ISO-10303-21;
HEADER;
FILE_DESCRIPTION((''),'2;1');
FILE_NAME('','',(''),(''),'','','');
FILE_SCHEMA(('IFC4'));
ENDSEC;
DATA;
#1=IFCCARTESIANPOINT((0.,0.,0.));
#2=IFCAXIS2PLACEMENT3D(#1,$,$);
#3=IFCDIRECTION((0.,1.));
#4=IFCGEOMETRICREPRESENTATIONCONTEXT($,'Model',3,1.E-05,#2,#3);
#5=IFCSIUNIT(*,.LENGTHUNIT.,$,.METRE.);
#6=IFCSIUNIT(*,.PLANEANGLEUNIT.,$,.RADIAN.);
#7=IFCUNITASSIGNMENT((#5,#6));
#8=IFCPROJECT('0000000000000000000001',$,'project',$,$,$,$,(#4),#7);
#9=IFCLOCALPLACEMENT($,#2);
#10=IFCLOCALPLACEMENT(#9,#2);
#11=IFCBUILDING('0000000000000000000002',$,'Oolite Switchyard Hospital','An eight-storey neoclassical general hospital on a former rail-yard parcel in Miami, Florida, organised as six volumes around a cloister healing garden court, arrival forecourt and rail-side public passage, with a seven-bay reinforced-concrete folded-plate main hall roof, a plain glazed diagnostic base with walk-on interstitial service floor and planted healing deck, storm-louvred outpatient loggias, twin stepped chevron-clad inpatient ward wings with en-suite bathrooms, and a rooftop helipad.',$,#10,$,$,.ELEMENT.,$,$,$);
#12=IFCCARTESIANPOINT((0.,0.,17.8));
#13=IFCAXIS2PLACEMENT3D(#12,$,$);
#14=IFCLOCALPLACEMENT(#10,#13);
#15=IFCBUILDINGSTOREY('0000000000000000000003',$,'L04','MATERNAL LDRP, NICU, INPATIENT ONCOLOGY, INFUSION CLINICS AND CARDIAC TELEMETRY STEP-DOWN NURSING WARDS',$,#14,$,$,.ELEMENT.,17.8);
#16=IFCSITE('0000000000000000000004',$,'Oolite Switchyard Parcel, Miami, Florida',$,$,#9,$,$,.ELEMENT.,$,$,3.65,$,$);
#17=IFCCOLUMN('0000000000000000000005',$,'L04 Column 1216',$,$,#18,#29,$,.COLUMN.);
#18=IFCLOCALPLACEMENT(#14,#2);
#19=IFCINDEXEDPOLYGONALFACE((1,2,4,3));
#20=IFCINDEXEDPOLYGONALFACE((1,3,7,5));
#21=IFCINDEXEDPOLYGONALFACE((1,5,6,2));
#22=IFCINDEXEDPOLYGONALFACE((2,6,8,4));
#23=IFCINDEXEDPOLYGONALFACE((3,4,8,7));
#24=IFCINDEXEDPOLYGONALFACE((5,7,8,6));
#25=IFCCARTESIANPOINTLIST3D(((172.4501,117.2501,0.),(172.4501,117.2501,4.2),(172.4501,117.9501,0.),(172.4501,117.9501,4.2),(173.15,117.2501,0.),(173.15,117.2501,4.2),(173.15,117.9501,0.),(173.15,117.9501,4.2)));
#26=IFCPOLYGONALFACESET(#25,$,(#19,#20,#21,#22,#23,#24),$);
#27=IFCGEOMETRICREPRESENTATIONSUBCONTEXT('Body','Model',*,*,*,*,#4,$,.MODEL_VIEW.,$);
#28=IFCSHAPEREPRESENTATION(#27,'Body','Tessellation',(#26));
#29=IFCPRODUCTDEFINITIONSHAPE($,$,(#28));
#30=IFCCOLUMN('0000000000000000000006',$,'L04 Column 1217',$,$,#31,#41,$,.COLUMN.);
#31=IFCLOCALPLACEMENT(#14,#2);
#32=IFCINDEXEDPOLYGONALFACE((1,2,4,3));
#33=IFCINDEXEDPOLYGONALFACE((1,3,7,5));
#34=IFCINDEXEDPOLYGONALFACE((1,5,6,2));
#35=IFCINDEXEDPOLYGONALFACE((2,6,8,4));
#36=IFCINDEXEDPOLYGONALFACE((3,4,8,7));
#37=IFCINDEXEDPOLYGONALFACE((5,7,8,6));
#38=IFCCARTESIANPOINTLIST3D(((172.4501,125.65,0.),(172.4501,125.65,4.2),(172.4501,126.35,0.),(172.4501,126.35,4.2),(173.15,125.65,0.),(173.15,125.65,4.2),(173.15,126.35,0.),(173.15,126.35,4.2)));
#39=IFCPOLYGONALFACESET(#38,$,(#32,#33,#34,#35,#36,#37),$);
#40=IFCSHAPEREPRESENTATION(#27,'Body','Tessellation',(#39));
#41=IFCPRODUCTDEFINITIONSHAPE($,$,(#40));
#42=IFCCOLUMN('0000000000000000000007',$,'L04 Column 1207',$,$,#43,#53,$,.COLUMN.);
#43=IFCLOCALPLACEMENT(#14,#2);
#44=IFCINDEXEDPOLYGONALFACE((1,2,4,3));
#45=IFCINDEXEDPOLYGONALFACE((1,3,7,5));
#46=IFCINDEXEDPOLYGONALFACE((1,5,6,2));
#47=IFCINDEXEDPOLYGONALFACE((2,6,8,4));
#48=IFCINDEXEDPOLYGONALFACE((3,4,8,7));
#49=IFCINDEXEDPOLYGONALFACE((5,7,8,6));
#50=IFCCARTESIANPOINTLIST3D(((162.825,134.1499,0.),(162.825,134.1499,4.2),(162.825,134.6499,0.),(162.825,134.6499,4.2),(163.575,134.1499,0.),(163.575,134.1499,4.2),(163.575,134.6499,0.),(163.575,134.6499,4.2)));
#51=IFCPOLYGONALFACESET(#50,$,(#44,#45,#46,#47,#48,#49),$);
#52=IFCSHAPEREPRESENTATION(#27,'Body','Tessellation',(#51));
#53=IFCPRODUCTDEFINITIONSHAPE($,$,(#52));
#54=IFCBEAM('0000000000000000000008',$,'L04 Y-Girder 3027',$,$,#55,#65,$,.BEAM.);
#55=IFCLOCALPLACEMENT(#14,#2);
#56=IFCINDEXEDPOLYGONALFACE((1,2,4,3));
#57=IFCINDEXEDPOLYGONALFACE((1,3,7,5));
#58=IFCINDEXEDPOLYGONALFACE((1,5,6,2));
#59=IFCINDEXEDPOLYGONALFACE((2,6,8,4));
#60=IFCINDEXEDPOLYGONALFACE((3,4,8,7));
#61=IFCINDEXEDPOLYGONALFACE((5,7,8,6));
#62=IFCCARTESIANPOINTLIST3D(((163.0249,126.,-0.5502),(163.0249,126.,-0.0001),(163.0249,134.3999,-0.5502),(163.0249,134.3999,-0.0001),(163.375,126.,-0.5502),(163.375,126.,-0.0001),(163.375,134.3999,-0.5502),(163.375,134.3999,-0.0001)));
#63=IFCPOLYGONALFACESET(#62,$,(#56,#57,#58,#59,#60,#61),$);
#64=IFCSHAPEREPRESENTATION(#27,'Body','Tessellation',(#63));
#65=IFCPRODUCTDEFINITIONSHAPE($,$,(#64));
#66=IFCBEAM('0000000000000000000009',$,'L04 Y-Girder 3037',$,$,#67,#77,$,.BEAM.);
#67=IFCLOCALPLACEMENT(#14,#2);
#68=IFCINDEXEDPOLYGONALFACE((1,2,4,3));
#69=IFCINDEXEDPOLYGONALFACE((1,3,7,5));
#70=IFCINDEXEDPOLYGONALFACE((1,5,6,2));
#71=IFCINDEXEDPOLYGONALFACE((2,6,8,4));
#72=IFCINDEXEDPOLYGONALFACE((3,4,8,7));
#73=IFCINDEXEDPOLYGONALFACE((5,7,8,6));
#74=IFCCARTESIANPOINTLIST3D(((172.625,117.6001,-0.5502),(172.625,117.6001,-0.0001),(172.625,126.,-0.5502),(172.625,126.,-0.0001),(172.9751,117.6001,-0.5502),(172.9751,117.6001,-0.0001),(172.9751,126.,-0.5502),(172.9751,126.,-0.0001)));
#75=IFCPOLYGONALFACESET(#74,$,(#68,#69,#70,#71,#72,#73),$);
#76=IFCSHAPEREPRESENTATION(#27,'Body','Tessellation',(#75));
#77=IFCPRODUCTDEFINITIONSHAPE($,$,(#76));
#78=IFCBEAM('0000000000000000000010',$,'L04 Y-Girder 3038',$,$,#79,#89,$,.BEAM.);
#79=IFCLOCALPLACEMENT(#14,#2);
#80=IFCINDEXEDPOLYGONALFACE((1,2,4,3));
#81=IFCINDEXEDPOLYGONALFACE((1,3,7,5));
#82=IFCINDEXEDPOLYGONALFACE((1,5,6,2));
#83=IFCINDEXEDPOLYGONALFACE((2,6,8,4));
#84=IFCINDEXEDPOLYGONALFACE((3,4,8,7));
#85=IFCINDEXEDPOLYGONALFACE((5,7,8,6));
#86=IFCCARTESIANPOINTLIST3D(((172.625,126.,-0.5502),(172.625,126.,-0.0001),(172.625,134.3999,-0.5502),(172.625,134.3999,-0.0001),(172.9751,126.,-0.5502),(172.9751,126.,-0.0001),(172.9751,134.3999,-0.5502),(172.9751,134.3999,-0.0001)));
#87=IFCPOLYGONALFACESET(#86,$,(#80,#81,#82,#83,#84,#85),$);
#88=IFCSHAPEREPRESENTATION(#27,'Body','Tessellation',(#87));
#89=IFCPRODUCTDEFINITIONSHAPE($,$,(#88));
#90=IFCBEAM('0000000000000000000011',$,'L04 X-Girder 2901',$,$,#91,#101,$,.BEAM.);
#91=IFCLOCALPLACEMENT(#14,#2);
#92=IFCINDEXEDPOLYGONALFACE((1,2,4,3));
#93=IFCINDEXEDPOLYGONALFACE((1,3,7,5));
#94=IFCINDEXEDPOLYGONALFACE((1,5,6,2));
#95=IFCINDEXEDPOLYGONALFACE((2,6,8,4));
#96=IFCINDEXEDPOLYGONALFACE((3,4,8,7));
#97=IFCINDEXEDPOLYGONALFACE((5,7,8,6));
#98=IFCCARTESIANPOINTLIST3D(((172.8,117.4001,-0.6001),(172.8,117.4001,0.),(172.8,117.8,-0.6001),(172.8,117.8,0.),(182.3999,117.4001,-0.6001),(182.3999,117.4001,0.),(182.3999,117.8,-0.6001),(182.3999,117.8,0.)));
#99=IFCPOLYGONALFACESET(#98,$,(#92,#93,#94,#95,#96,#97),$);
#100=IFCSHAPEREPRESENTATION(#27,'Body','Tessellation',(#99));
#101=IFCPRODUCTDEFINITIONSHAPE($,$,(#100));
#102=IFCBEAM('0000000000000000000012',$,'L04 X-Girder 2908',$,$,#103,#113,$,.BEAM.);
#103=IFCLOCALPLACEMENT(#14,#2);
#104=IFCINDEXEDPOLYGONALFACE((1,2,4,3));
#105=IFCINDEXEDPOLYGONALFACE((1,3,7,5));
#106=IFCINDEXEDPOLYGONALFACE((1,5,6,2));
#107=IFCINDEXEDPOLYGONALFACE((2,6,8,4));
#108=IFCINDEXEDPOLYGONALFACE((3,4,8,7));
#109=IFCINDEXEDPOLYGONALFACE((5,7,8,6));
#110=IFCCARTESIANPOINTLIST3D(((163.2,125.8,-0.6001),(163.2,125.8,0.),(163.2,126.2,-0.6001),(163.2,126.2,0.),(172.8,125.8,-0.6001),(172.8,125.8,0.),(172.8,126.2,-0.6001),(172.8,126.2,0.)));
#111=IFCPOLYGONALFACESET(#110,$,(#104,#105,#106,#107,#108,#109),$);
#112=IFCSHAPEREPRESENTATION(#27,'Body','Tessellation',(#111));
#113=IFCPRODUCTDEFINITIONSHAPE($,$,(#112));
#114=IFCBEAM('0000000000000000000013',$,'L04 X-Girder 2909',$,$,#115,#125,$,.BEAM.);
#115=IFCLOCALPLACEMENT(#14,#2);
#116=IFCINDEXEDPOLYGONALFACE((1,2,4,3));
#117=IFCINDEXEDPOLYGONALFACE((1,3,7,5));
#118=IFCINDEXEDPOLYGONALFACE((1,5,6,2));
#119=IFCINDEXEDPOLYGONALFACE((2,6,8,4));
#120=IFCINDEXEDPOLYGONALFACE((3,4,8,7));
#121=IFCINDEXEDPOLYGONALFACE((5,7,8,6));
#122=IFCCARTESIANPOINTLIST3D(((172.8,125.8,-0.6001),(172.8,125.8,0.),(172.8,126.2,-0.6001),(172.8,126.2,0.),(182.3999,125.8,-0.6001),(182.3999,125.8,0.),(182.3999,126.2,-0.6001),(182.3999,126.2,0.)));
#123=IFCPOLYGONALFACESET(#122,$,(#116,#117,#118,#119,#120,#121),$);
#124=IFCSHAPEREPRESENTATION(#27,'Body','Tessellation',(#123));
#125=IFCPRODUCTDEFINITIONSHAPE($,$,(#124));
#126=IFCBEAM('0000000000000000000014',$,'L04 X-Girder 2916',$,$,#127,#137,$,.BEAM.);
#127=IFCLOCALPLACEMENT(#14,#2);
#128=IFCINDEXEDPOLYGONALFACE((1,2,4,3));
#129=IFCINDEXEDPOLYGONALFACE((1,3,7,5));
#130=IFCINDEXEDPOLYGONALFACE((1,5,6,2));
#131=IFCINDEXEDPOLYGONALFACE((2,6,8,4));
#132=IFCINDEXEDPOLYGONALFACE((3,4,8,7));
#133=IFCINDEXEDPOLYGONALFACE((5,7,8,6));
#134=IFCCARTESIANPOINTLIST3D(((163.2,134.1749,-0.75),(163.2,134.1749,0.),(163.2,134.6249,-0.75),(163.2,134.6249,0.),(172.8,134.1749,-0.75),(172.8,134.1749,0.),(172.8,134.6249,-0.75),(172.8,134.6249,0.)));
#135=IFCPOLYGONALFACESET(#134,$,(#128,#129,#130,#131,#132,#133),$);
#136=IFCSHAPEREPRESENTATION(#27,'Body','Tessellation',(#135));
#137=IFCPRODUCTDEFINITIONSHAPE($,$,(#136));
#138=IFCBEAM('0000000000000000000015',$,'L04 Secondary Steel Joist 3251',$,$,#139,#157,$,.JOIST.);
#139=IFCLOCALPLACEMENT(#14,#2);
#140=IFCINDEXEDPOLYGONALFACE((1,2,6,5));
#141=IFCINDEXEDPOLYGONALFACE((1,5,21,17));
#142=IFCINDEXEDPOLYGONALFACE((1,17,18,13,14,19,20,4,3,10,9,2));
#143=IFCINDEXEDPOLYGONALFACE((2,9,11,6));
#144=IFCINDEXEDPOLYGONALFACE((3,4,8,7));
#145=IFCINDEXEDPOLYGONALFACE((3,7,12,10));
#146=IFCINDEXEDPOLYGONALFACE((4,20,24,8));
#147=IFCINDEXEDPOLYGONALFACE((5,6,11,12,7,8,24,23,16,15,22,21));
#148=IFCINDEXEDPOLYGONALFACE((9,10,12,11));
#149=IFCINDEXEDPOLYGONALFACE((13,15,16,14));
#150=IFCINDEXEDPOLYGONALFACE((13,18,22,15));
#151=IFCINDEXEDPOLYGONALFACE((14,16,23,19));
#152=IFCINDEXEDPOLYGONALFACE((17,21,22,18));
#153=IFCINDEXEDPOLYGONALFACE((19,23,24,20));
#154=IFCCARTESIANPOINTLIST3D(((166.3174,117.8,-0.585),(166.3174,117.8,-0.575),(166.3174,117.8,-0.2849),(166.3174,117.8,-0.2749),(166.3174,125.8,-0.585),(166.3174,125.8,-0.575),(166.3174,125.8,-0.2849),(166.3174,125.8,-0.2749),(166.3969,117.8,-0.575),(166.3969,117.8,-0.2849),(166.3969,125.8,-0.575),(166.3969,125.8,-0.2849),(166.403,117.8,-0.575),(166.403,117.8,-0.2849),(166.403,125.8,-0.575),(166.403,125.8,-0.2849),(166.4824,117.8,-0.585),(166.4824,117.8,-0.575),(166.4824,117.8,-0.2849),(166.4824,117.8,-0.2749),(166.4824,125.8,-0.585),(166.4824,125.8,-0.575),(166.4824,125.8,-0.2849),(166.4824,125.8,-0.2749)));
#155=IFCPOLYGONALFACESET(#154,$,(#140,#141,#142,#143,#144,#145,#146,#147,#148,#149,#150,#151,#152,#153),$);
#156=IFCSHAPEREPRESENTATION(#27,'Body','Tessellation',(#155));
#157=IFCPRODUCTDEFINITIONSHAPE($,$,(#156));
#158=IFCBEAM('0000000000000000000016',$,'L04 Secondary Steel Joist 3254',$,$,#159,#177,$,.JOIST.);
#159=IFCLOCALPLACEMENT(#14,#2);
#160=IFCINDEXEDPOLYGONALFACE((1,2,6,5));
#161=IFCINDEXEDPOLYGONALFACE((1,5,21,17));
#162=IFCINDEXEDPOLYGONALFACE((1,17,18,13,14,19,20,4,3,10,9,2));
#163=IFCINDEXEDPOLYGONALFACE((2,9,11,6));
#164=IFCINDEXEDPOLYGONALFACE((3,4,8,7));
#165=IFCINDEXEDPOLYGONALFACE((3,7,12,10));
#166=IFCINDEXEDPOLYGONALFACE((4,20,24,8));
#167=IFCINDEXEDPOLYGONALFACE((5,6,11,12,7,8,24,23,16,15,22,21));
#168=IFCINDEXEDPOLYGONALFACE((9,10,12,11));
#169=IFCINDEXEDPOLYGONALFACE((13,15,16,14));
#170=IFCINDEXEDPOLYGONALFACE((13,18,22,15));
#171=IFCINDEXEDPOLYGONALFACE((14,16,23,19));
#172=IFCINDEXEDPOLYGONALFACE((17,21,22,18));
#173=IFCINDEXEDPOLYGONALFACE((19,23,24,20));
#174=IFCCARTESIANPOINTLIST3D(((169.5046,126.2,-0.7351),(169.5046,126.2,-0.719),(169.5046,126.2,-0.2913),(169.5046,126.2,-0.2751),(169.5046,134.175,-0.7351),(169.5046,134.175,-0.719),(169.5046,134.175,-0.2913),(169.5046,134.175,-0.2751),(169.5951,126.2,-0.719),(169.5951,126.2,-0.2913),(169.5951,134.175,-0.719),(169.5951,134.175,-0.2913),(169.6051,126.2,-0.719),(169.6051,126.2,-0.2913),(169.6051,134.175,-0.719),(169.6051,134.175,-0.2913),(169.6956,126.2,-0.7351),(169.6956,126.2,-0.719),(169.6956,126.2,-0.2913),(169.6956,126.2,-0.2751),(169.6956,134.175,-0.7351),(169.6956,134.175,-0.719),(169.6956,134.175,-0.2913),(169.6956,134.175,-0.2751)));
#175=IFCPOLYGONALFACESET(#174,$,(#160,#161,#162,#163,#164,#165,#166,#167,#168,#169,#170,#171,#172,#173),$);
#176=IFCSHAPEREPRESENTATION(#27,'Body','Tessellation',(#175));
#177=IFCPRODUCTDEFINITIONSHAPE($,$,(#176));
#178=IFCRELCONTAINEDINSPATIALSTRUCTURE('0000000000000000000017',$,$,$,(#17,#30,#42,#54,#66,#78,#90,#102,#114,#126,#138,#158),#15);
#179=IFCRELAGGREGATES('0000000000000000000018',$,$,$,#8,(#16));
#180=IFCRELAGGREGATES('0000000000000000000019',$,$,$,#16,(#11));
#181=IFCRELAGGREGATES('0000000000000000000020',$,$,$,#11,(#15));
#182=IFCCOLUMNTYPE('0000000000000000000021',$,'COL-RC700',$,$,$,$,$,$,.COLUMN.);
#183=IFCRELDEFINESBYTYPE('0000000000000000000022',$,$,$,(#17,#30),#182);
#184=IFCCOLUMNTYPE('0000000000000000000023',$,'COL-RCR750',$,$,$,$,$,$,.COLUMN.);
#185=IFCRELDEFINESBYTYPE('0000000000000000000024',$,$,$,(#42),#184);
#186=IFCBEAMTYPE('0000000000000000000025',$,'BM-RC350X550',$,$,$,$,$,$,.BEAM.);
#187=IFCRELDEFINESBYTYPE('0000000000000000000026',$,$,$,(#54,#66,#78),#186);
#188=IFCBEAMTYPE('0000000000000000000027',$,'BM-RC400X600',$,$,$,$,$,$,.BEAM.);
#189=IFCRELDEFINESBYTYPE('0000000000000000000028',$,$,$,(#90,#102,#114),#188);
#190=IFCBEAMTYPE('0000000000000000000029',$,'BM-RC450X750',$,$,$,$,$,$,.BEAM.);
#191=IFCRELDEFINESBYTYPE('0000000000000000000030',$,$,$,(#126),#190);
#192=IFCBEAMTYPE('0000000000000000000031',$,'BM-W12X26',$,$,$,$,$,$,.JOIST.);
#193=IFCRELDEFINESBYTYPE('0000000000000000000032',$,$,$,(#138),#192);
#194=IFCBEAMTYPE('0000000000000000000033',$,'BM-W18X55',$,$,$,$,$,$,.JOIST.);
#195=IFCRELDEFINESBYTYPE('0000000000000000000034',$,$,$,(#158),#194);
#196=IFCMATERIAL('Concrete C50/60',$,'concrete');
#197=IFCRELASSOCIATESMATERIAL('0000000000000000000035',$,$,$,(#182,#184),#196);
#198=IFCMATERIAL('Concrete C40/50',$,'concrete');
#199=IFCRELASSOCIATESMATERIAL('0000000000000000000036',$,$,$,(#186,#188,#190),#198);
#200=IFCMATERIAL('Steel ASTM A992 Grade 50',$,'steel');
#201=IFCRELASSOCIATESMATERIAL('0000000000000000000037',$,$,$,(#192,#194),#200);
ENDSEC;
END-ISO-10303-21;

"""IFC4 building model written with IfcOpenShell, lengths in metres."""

from ifc_helpers import new_model, si_unit, direction, frame, origin, origin_2d, place, context, subcontext, project, spatial, rectangle, i_section, extrude, material, material_profile, profile_set, type_object, element, save


model = new_model("IFC4")

# Units and contexts
model_context = context("Model", 3, precision=1e-05, world=origin(), true_north=direction((0.0, 1.0)))
body_context = subcontext(model_context, "Body", "Model", "MODEL_VIEW")
ifc_project = project(units=[si_unit("LENGTHUNIT", "METRE"), si_unit("PLANEANGLEUNIT", "RADIAN")], contexts=[model_context])

# Site, building, storey
site_placement = place(None, origin())
site = spatial("IfcSite", under=ifc_project, at=site_placement, Name="Oolite Switchyard Parcel, Miami, Florida", CompositionType="ELEMENT", RefElevation=3.65)
building_placement = place(site_placement, origin())
building = spatial("IfcBuilding", under=site, at=building_placement, Name="Oolite Switchyard Hospital", Description="An eight-storey neoclassical general hospital on a former rail-yard parcel in Miami, Florida, organised as six volumes around a cloister healing garden court, arrival forecourt and rail-side public passage, with a seven-bay reinforced-concrete folded-plate main hall roof, a plain glazed diagnostic base with walk-on interstitial service floor and planted healing deck, storm-louvred outpatient loggias, twin stepped chevron-clad inpatient ward wings with en-suite bathrooms, and a rooftop helipad.", CompositionType="ELEMENT")
storey_placement = place(building_placement, frame((0.0, 0.0, 17.8)))
storey = spatial("IfcBuildingStorey", under=building, at=storey_placement, Name="L04", Description="MATERNAL LDRP, NICU, INPATIENT ONCOLOGY, INFUSION CLINICS AND CARDIAC TELEMETRY STEP-DOWN NURSING WARDS", CompositionType="ELEMENT", Elevation=17.8)

# Columns
ifc_material_1 = material(Name="Concrete C50/60", Category="concrete")
ifc_material_profile_1 = material_profile(ifc_material_1, rectangle(XDim=0.7, YDim=0.7, at=origin_2d()), Name="RC700X700")
ifc_profile_set_1 = profile_set([ifc_material_profile_1], Name="Concrete C50/60")
column_type_1 = type_object("IfcColumnType", Name="COL-RC700", PredefinedType="COLUMN", material=ifc_profile_set_1)
for number, where, z_axis, x_axis, name in (
    (1, (172.8, 117.6001, 0.0), (0.0, 0.0, 1.0), (1.0, 0.0, 0.0), "L04 Column 1216"),
    (2, (172.8, 126.0, 0.0), (0.0, 0.0, 1.0), (1.0, 0.0, 0.0), "L04 Column 1217"),
):
    element("IfcColumn", number, at=place(storey_placement, frame(where, z_axis=z_axis, x_axis=x_axis)), inside=storey, type_object=column_type_1, Name=name, PredefinedType="COLUMN", context=body_context, shape_type="SweptSolid", body=[
        extrude(rectangle(XDim=0.7, YDim=0.7, at=origin_2d()), origin(), (0.0, 0.0, 1.0), 4.2),
    ])
ifc_material_profile_2 = material_profile(ifc_material_1, rectangle(XDim=0.75, YDim=0.5, at=origin_2d()), Name="RC750X500")
ifc_profile_set_2 = profile_set([ifc_material_profile_2], Name="Concrete C50/60")
column_type_2 = type_object("IfcColumnType", Name="COL-RCR750", PredefinedType="COLUMN", material=ifc_profile_set_2)
column_placement = place(storey_placement, frame((163.2, 134.3999, 0.0), z_axis=(0.0, 0.0, 1.0), x_axis=(1.0, 0.0, 0.0)))
element("IfcColumn", 3, at=column_placement, inside=storey, type_object=column_type_2, Name="L04 Column 1207", PredefinedType="COLUMN", context=body_context, shape_type="SweptSolid", body=[
    extrude(rectangle(XDim=0.75, YDim=0.5, at=origin_2d()), origin(), (0.0, 0.0, 1.0), 4.2),
])

# Beams
ifc_material_2 = material(Name="Concrete C40/50", Category="concrete")
ifc_material_profile_3 = material_profile(ifc_material_2, rectangle(XDim=0.3501, YDim=0.55, at=origin_2d()), Name="RCB350X550")
ifc_profile_set_3 = profile_set([ifc_material_profile_3], Name="Concrete C40/50")
beam_type_1 = type_object("IfcBeamType", Name="BM-RC350X550", PredefinedType="BEAM", material=ifc_profile_set_3)
for number, where, z_axis, x_axis, name in (
    (4, (163.2, 126.0, -0.2751), (0.0, 1.0, 0.0), (-1.0, 0.0, 0.0), "L04 Y-Girder 3027"),
    (5, (172.8, 117.6001, -0.2751), (0.0, 1.0, 0.0), (-1.0, 0.0, 0.0), "L04 Y-Girder 3037"),
    (6, (172.8, 126.0, -0.2751), (0.0, 1.0, 0.0), (-1.0, 0.0, 0.0), "L04 Y-Girder 3038"),
):
    element("IfcBeam", number, at=place(storey_placement, frame(where, z_axis=z_axis, x_axis=x_axis)), inside=storey, type_object=beam_type_1, Name=name, PredefinedType="BEAM", context=body_context, shape_type="SweptSolid", body=[
        extrude(rectangle(XDim=0.3501, YDim=0.55, at=origin_2d()), origin(), (0.0, 0.0, 1.0), 8.3999),
    ])
ifc_material_profile_4 = material_profile(ifc_material_2, rectangle(XDim=0.3999, YDim=0.6001, at=origin_2d()), Name="RCB400X600")
ifc_profile_set_4 = profile_set([ifc_material_profile_4], Name="Concrete C40/50")
beam_type_2 = type_object("IfcBeamType", Name="BM-RC400X600", PredefinedType="BEAM", material=ifc_profile_set_4)
beam_1_placement = place(storey_placement, frame((172.8, 117.6001, -0.3), z_axis=(1.0, 0.0, 0.0), x_axis=(0.0, 1.0, 0.0)))
element("IfcBeam", 7, at=beam_1_placement, inside=storey, type_object=beam_type_2, Name="L04 X-Girder 2901", PredefinedType="BEAM", context=body_context, shape_type="SweptSolid", body=[
    extrude(rectangle(XDim=0.3999, YDim=0.6001, at=origin_2d()), origin(), (0.0, 0.0, 1.0), 9.5999),
])
beam_2_placement = place(storey_placement, frame((163.2, 126.0, -0.3), z_axis=(1.0, 0.0, 0.0), x_axis=(0.0, 1.0, 0.0)))
element("IfcBeam", 8, at=beam_2_placement, inside=storey, type_object=beam_type_2, Name="L04 X-Girder 2908", PredefinedType="BEAM", context=body_context, shape_type="SweptSolid", body=[
    extrude(rectangle(XDim=0.3999, YDim=0.6001, at=origin_2d()), origin(), (0.0, 0.0, 1.0), 9.6001),
])
beam_3_placement = place(storey_placement, frame((172.8, 126.0, -0.3), z_axis=(1.0, 0.0, 0.0), x_axis=(0.0, 1.0, 0.0)))
element("IfcBeam", 9, at=beam_3_placement, inside=storey, type_object=beam_type_2, Name="L04 X-Girder 2909", PredefinedType="BEAM", context=body_context, shape_type="SweptSolid", body=[
    extrude(rectangle(XDim=0.3999, YDim=0.6001, at=origin_2d()), origin(), (0.0, 0.0, 1.0), 9.5999),
])
ifc_material_profile_5 = material_profile(ifc_material_2, rectangle(XDim=0.45, YDim=0.75, at=origin_2d()), Name="RCB450X750")
ifc_profile_set_5 = profile_set([ifc_material_profile_5], Name="Concrete C40/50")
beam_type_3 = type_object("IfcBeamType", Name="BM-RC450X750", PredefinedType="BEAM", material=ifc_profile_set_5)
beam_4_placement = place(storey_placement, frame((163.2, 134.3999, -0.375), z_axis=(1.0, 0.0, 0.0), x_axis=(0.0, 1.0, 0.0)))
element("IfcBeam", 10, at=beam_4_placement, inside=storey, type_object=beam_type_3, Name="L04 X-Girder 2916", PredefinedType="BEAM", context=body_context, shape_type="SweptSolid", body=[
    extrude(rectangle(XDim=0.45, YDim=0.75, at=origin_2d()), origin(), (0.0, 0.0, 1.0), 9.6001),
])
ifc_material_3 = material(Name="Steel ASTM A992 Grade 50", Category="steel")
ifc_material_profile_6 = material_profile(ifc_material_3, i_section(OverallWidth=0.165, OverallDepth=0.3101, WebThickness=0.0061, FlangeThickness=0.01, at=origin_2d()), Name="W12X26")
ifc_profile_set_6 = profile_set([ifc_material_profile_6], Name="Steel ASTM A992 Grade 50")
beam_type_4 = type_object("IfcBeamType", Name="BM-W12X26", PredefinedType="JOIST", material=ifc_profile_set_6)
beam_5_placement = place(storey_placement, frame((166.3999, 117.8, -0.4299), z_axis=(0.0, 1.0, 0.0), x_axis=(-1.0, 0.0, 0.0)))
element("IfcBeam", 11, at=beam_5_placement, inside=storey, type_object=beam_type_4, Name="L04 Secondary Steel Joist 3251", PredefinedType="JOIST", context=body_context, shape_type="SweptSolid", body=[
    extrude(i_section(OverallWidth=0.165, OverallDepth=0.3101, WebThickness=0.0061, FlangeThickness=0.01, at=origin_2d()), origin(), (0.0, 0.0, 1.0), 8.0),
])
ifc_material_profile_7 = material_profile(ifc_material_3, i_section(OverallWidth=0.1909, OverallDepth=0.46, WebThickness=0.01, FlangeThickness=0.0161, at=origin_2d()), Name="W18X55")
ifc_profile_set_7 = profile_set([ifc_material_profile_7], Name="Steel ASTM A992 Grade 50")
beam_type_5 = type_object("IfcBeamType", Name="BM-W18X55", PredefinedType="JOIST", material=ifc_profile_set_7)
beam_6_placement = place(storey_placement, frame((169.6001, 126.2, -0.5051), z_axis=(0.0, 1.0, 0.0), x_axis=(-1.0, 0.0, 0.0)))
element("IfcBeam", 12, at=beam_6_placement, inside=storey, type_object=beam_type_5, Name="L04 Secondary Steel Joist 3254", PredefinedType="JOIST", context=body_context, shape_type="SweptSolid", body=[
    extrude(i_section(OverallWidth=0.1909, OverallDepth=0.46, WebThickness=0.01, FlangeThickness=0.0161, at=origin_2d()), origin(), (0.0, 0.0, 1.0), 7.9751),
])

save(model, "model.ifc")
